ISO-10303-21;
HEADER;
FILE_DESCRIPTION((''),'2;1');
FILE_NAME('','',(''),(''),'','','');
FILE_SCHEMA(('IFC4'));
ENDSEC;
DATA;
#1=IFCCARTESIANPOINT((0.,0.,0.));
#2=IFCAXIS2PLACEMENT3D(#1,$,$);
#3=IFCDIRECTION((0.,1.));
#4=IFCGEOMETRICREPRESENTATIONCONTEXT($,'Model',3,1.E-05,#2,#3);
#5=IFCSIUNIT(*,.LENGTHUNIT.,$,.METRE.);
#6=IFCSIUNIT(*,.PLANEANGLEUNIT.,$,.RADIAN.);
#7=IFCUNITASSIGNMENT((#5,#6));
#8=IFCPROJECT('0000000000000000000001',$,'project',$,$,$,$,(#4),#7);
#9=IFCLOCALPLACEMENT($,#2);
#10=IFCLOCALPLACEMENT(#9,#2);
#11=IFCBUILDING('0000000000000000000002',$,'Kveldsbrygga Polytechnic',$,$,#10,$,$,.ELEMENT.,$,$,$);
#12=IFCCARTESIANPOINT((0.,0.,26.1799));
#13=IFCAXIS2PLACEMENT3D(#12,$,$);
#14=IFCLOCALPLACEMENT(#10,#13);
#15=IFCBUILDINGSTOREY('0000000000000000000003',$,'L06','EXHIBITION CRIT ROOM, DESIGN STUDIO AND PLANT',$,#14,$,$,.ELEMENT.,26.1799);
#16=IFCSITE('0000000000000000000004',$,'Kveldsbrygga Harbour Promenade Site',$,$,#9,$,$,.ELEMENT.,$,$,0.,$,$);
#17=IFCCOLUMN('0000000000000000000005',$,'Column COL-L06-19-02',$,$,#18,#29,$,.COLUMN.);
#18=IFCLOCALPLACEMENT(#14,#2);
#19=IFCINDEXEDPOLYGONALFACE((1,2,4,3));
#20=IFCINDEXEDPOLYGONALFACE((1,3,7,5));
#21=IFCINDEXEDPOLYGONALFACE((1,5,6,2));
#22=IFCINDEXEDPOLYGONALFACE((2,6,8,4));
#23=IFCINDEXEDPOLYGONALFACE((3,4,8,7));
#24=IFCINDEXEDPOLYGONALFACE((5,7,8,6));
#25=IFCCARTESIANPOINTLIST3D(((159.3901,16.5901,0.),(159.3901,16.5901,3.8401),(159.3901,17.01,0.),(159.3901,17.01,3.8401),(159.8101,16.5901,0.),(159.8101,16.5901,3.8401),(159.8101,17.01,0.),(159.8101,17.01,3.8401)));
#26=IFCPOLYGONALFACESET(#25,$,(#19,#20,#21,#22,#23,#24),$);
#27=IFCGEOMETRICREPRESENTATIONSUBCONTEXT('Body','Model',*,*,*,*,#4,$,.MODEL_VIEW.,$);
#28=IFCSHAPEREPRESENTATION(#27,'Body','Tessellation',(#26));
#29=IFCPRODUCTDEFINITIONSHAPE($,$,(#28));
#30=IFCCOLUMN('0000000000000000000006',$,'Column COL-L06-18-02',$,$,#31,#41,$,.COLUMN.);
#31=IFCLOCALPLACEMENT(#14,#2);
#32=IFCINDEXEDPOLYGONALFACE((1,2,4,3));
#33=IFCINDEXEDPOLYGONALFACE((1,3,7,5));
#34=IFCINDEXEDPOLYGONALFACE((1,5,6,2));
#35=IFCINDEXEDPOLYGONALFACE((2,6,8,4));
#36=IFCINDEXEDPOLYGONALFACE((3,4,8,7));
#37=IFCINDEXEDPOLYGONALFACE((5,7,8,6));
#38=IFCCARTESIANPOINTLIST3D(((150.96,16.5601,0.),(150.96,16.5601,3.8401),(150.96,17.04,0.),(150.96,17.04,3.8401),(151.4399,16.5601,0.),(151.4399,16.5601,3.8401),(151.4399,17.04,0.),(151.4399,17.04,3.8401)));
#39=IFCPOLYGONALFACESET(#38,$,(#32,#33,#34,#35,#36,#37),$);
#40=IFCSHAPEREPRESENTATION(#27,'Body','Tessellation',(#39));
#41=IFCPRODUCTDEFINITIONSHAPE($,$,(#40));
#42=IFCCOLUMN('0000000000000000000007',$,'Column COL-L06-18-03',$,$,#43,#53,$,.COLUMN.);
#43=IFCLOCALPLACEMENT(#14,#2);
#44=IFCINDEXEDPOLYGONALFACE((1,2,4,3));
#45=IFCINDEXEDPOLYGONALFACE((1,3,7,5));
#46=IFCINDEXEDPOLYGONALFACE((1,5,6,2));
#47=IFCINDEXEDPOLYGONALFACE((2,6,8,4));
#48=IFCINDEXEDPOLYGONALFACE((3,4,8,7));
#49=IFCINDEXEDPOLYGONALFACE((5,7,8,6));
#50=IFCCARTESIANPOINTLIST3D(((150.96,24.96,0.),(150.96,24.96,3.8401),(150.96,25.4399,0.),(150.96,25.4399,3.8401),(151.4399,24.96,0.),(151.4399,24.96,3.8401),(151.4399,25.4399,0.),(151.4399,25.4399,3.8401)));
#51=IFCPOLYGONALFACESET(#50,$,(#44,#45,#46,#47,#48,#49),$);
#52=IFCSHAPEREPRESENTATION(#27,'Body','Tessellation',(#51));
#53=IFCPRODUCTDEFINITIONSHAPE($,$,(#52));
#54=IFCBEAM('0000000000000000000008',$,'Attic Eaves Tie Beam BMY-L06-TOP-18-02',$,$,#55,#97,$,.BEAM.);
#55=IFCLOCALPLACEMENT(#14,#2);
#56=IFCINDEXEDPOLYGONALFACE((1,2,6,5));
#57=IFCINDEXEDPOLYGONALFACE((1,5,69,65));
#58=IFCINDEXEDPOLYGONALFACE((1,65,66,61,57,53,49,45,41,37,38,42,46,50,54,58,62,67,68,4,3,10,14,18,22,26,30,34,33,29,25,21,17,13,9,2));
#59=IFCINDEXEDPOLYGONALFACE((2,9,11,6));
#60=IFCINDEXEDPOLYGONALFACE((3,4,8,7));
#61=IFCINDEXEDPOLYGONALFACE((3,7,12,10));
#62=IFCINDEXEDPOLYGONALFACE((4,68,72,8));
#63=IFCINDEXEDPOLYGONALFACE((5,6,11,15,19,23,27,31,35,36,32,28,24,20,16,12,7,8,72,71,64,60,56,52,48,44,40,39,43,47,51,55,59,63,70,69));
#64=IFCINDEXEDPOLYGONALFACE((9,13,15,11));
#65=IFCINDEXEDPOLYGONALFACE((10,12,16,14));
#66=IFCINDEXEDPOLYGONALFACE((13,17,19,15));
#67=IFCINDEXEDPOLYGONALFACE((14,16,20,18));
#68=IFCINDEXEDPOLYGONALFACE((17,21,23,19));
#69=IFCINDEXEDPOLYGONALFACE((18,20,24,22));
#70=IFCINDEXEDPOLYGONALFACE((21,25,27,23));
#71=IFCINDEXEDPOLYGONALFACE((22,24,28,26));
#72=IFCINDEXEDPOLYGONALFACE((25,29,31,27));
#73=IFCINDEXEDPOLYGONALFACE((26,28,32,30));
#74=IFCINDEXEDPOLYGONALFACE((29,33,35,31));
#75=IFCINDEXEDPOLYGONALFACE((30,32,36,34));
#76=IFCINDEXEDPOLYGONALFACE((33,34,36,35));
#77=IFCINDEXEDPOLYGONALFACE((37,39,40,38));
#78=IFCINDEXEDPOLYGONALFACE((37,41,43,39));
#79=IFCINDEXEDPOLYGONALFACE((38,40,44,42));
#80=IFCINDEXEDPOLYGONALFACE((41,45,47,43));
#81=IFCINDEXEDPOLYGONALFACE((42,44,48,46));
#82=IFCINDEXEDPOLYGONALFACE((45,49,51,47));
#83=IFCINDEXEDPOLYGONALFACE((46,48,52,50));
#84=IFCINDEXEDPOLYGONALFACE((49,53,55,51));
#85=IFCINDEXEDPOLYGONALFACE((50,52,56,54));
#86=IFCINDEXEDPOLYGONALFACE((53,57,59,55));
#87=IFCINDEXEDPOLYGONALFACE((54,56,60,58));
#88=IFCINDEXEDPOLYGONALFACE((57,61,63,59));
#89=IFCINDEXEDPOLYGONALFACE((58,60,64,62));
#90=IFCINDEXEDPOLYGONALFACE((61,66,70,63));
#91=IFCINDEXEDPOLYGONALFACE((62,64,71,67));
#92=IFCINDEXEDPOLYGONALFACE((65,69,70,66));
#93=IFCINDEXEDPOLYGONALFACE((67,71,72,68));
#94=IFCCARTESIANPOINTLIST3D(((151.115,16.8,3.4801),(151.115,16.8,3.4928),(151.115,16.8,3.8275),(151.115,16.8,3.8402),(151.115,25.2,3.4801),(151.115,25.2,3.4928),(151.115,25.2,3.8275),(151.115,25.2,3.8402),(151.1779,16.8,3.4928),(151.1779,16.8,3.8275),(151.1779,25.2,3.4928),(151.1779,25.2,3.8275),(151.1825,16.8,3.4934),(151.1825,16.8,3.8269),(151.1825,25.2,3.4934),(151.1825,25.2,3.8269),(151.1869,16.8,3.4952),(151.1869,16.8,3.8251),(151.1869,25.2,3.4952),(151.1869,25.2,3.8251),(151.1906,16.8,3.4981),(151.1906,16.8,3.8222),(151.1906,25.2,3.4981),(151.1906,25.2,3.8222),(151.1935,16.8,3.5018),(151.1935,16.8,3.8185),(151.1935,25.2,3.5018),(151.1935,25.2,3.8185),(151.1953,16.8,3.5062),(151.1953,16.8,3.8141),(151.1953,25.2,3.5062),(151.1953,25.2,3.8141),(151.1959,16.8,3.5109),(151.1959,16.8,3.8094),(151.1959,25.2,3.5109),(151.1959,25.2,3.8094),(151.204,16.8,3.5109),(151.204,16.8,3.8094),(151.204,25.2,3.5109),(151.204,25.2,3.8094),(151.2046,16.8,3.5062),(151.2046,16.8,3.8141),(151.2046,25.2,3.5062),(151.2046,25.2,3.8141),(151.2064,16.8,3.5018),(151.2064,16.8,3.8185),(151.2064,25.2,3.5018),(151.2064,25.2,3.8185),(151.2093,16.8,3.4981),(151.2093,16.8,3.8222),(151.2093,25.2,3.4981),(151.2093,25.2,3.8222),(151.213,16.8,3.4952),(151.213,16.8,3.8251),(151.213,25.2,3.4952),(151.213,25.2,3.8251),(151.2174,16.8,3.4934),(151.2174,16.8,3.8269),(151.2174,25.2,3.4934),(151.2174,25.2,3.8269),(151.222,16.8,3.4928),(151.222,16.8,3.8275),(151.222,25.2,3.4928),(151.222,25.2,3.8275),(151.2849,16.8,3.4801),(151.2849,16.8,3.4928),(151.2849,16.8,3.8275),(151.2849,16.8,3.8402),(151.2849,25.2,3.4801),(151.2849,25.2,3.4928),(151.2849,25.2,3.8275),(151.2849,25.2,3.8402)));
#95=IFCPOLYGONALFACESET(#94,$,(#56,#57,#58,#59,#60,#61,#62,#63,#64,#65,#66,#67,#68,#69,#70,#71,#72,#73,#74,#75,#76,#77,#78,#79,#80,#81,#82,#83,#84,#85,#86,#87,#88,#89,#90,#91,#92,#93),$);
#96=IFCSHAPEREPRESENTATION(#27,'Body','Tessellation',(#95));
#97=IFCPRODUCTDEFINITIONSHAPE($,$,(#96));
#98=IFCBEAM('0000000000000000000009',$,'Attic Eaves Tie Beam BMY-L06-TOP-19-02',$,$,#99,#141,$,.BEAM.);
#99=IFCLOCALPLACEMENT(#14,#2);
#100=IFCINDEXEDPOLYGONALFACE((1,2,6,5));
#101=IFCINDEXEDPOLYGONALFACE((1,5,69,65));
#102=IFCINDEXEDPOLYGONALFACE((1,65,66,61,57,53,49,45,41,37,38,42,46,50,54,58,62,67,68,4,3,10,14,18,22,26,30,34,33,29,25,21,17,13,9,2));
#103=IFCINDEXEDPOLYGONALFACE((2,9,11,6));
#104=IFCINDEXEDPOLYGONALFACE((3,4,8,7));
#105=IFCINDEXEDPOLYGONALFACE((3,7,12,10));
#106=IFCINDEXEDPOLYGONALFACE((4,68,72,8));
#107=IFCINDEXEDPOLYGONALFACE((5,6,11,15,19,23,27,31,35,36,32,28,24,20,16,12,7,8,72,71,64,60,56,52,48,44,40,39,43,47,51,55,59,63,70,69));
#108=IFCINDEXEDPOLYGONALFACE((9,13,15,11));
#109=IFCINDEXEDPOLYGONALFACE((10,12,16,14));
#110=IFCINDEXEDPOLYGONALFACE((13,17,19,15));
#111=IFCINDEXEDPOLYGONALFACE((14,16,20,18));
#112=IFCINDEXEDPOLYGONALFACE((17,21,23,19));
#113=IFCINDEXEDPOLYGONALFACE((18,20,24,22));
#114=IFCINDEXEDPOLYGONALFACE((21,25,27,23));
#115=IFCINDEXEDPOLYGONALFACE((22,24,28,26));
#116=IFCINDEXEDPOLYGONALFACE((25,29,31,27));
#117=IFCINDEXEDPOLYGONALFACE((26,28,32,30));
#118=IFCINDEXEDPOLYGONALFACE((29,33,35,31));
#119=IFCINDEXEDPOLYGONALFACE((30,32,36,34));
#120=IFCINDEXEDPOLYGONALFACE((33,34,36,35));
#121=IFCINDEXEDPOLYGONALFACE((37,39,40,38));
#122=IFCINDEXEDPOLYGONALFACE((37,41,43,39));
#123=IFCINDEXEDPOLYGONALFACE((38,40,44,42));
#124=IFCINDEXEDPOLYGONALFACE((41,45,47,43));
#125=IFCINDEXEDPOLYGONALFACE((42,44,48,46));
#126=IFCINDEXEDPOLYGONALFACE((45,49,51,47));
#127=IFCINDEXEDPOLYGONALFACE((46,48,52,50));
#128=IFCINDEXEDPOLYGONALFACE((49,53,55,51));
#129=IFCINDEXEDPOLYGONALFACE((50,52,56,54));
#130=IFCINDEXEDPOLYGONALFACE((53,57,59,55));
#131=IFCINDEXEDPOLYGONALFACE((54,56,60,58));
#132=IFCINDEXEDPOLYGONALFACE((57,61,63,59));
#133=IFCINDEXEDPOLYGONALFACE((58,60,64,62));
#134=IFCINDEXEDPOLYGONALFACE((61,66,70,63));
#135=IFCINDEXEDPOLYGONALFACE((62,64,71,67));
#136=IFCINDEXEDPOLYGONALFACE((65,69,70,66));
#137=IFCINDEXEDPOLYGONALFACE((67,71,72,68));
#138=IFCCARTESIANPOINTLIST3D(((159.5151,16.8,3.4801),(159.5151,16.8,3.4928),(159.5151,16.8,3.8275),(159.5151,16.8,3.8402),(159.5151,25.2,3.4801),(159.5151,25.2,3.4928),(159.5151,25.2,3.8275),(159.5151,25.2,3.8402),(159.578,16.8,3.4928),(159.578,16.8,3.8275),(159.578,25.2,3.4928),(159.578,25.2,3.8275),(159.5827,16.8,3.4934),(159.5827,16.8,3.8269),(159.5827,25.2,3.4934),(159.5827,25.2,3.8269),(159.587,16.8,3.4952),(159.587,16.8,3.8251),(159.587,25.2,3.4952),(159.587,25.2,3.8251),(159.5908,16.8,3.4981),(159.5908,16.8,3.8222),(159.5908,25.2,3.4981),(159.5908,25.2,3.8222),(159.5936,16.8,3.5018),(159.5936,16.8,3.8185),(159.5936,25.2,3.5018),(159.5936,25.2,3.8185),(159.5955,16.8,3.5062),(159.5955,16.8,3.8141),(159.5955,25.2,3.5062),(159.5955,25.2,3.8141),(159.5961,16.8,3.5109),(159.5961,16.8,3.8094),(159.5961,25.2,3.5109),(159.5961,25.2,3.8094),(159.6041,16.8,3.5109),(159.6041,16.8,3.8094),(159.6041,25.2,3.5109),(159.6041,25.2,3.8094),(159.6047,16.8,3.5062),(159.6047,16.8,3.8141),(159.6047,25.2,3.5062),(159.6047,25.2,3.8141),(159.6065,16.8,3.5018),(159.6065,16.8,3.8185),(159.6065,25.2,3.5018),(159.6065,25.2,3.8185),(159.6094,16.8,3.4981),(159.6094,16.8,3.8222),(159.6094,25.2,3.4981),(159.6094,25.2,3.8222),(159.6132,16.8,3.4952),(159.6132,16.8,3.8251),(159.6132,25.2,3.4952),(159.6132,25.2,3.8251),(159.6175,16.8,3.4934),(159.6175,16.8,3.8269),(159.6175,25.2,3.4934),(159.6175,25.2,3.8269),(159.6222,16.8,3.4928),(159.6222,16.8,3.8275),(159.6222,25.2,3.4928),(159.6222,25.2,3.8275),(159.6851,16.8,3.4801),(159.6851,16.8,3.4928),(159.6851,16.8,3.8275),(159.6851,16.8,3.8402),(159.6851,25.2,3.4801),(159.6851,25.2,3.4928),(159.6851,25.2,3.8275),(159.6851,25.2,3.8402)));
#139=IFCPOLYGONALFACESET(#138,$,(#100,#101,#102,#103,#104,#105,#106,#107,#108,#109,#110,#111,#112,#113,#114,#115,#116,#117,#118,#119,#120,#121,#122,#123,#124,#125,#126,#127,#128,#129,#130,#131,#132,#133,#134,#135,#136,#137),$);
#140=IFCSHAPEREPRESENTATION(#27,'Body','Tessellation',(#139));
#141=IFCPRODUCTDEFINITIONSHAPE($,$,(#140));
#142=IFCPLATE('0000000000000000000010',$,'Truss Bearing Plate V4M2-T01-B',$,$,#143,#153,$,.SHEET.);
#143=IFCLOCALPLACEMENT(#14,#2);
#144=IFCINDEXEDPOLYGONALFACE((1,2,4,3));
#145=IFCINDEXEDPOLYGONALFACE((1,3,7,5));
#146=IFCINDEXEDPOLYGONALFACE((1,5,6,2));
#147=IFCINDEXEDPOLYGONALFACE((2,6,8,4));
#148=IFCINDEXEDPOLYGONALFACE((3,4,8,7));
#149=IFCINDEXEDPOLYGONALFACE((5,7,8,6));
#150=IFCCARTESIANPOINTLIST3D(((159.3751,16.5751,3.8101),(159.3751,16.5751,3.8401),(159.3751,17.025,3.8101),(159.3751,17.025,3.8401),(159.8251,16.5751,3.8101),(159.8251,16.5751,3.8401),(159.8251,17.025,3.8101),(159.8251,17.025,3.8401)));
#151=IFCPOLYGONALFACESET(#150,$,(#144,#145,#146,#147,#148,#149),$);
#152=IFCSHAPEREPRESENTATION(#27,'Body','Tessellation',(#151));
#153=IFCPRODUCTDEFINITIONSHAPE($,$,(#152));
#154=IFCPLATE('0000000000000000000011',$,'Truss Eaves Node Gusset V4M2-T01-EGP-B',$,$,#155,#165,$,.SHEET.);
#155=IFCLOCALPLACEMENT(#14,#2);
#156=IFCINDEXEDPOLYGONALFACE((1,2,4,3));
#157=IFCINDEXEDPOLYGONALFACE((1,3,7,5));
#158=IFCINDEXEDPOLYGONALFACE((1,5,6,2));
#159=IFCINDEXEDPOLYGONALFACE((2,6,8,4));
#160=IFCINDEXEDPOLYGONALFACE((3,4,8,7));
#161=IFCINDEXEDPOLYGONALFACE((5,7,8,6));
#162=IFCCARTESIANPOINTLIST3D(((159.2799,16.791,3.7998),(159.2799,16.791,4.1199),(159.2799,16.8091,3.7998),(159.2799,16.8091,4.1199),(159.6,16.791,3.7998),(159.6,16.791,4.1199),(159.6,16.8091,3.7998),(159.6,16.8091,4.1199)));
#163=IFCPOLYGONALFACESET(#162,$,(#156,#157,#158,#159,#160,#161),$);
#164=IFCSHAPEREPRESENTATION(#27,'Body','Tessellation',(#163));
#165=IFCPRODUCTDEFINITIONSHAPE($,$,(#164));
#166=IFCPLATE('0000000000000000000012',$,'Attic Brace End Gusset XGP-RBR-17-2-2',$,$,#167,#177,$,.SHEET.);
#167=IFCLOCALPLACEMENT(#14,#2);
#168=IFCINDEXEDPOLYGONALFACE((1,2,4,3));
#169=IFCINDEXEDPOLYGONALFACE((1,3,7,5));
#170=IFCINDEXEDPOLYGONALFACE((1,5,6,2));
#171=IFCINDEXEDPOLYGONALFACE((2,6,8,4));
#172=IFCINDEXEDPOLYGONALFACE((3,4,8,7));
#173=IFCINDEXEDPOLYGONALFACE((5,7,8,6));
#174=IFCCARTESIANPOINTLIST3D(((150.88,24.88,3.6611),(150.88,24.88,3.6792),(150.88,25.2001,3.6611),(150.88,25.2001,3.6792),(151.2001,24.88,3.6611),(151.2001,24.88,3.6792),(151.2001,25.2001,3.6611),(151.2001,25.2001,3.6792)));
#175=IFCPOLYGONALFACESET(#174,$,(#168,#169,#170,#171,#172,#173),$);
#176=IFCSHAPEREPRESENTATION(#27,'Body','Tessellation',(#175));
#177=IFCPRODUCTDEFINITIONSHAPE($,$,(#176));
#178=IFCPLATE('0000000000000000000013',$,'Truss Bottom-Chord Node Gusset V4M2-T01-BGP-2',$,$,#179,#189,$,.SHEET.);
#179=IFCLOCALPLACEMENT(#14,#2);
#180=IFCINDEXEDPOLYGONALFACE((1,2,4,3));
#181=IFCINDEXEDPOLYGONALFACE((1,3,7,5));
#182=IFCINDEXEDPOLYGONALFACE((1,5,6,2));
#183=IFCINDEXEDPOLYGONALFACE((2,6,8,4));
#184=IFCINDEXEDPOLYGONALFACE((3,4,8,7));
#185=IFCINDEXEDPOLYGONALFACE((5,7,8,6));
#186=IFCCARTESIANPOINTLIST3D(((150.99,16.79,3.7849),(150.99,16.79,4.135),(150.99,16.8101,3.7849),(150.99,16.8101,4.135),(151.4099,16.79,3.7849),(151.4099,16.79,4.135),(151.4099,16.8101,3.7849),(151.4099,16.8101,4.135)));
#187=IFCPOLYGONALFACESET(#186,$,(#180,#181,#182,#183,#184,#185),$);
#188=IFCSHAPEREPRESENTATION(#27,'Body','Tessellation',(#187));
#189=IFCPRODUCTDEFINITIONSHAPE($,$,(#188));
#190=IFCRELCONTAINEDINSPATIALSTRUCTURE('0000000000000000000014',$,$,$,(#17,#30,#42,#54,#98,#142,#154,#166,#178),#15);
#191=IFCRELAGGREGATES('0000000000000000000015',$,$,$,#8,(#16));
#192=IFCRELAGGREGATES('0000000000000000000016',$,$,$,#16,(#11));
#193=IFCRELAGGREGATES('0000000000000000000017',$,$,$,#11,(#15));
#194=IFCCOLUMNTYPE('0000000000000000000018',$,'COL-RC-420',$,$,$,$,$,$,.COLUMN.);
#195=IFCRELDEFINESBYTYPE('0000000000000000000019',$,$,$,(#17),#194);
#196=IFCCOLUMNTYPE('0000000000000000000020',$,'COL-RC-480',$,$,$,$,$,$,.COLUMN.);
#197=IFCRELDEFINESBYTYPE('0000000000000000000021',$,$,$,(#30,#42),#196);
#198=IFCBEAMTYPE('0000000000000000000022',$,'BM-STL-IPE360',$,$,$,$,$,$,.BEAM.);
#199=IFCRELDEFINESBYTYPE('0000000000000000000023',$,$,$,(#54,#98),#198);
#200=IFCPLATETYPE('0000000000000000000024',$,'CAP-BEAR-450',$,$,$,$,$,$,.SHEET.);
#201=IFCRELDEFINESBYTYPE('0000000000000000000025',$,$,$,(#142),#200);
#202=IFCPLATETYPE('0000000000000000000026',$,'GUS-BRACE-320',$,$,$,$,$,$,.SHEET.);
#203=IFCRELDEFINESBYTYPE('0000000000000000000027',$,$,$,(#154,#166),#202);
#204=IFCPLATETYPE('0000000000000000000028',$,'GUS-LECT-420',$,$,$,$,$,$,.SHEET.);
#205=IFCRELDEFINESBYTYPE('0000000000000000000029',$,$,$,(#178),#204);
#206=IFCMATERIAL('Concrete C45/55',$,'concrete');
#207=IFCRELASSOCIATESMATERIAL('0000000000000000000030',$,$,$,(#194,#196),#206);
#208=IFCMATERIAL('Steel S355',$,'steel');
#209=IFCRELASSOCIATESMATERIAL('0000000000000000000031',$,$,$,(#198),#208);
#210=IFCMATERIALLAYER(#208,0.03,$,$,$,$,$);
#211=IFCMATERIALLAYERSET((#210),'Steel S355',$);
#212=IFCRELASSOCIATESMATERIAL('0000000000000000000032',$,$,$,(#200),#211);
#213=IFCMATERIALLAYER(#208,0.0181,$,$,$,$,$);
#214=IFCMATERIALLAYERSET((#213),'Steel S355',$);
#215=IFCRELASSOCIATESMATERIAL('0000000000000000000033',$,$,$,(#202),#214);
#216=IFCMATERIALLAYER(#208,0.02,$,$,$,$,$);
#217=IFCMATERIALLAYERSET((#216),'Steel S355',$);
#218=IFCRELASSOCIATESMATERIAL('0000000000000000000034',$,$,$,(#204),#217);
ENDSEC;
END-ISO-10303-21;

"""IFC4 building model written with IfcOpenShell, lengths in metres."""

from ifc_helpers import new_model, si_unit, direction, frame, origin, origin_2d, place, context, subcontext, project, spatial, rectangle, i_section, extrude, material, layer, layer_set, material_profile, profile_set, type_object, element, save


model = new_model("IFC4")

# Units and contexts
model_context = context("Model", 3, precision=1e-05, world=origin(), true_north=direction((0.0, 1.0)))
body_context = subcontext(model_context, "Body", "Model", "MODEL_VIEW")
ifc_project = project(units=[si_unit("LENGTHUNIT", "METRE"), si_unit("PLANEANGLEUNIT", "RADIAN")], contexts=[model_context])

# Site, building, storey
site_placement = place(None, origin())
site = spatial("IfcSite", under=ifc_project, at=site_placement, Name="Kveldsbrygga Harbour Promenade Site", CompositionType="ELEMENT", RefElevation=0.0)
building_placement = place(site_placement, origin())
building = spatial("IfcBuilding", under=site, at=building_placement, Name="Kveldsbrygga Polytechnic", CompositionType="ELEMENT")
storey_placement = place(building_placement, frame((0.0, 0.0, 26.1799)))
storey = spatial("IfcBuildingStorey", under=building, at=storey_placement, Name="L06", Description="EXHIBITION CRIT ROOM, DESIGN STUDIO AND PLANT", CompositionType="ELEMENT", Elevation=26.1799)

# Columns
ifc_material_1 = material(Name="Concrete C45/55", Category="concrete")
ifc_material_profile_1 = material_profile(ifc_material_1, rectangle(XDim=0.4199, YDim=0.4199, at=origin_2d()), Name="RC 420x420")
ifc_profile_set_1 = profile_set([ifc_material_profile_1], Name="Concrete C45/55")
column_type_1 = type_object("IfcColumnType", Name="COL-RC-420", PredefinedType="COLUMN", material=ifc_profile_set_1)
column_placement = place(storey_placement, frame((159.6001, 16.8, 0.0), z_axis=(0.0, 0.0, 1.0), x_axis=(1.0, 0.0, 0.0)))
element("IfcColumn", 1, at=column_placement, inside=storey, type_object=column_type_1, Name="Column COL-L06-19-02", PredefinedType="COLUMN", context=body_context, shape_type="SweptSolid", body=[
    extrude(rectangle(XDim=0.4199, YDim=0.4199, at=origin_2d()), origin(), (0.0, 0.0, 1.0), 3.8401),
])
ifc_material_profile_2 = material_profile(ifc_material_1, rectangle(XDim=0.48, YDim=0.48, at=origin_2d()), Name="RC 480x480")
ifc_profile_set_2 = profile_set([ifc_material_profile_2], Name="Concrete C45/55")
column_type_2 = type_object("IfcColumnType", Name="COL-RC-480", PredefinedType="COLUMN", material=ifc_profile_set_2)
for number, where, z_axis, x_axis, name in (
    (2, (151.2, 16.8, 0.0), (0.0, 0.0, 1.0), (1.0, 0.0, 0.0), "Column COL-L06-18-02"),
    (3, (151.2, 25.2, 0.0), (0.0, 0.0, 1.0), (1.0, 0.0, 0.0), "Column COL-L06-18-03"),
):
    element("IfcColumn", number, at=place(storey_placement, frame(where, z_axis=z_axis, x_axis=x_axis)), inside=storey, type_object=column_type_2, Name=name, PredefinedType="COLUMN", context=body_context, shape_type="SweptSolid", body=[
        extrude(rectangle(XDim=0.48, YDim=0.48, at=origin_2d()), origin(), (0.0, 0.0, 1.0), 3.8401),
    ])

# Beams
ifc_material_2 = material(Name="Steel S355", Category="steel")
ifc_material_profile_3 = material_profile(ifc_material_2, i_section(OverallWidth=0.1699, OverallDepth=0.3601, WebThickness=0.0081, FlangeThickness=0.0127, FilletRadius=0.0181, at=origin_2d()), Name="IPE 360")
ifc_profile_set_3 = profile_set([ifc_material_profile_3], Name="Steel S355")
beam_type = type_object("IfcBeamType", Name="BM-STL-IPE360", PredefinedType="BEAM", material=ifc_profile_set_3)
for number, where, z_axis, x_axis, name in (
    (4, (151.2, 16.8, 3.6602), (0.0, 1.0, 0.0), (-1.0, 0.0, 0.0), "Attic Eaves Tie Beam BMY-L06-TOP-18-02"),
    (5, (159.6001, 16.8, 3.6602), (0.0, 1.0, 0.0), (-1.0, 0.0, 0.0), "Attic Eaves Tie Beam BMY-L06-TOP-19-02"),
):
    element("IfcBeam", number, at=place(storey_placement, frame(where, z_axis=z_axis, x_axis=x_axis)), inside=storey, type_object=beam_type, Name=name, PredefinedType="BEAM", context=body_context, shape_type="SweptSolid", body=[
        extrude(i_section(OverallWidth=0.1699, OverallDepth=0.3601, WebThickness=0.0081, FlangeThickness=0.0127, FilletRadius=0.0181, at=origin_2d()), origin(), (0.0, 0.0, 1.0), 8.3999),
    ])

# Plates
ifc_layer_1 = layer(ifc_material_2, 0.03)
ifc_layer_set_1 = layer_set([ifc_layer_1], Name="Steel S355")
plate_type_1 = type_object("IfcPlateType", Name="CAP-BEAR-450", PredefinedType="SHEET", material=ifc_layer_set_1)
plate_1_placement = place(storey_placement, frame((159.6001, 16.8, 3.8101), z_axis=(0.0, 0.0, 1.0), x_axis=(1.0, 0.0, 0.0)))
element("IfcPlate", 6, at=plate_1_placement, inside=storey, type_object=plate_type_1, Name="Truss Bearing Plate V4M2-T01-B", PredefinedType="SHEET", context=body_context, shape_type="SweptSolid", body=[
    extrude(rectangle(XDim=0.45, YDim=0.45, at=origin_2d()), origin(), (0.0, 0.0, 1.0), 0.03),
])
ifc_layer_2 = layer(ifc_material_2, 0.0181)
ifc_layer_set_2 = layer_set([ifc_layer_2], Name="Steel S355")
plate_type_2 = type_object("IfcPlateType", Name="GUS-BRACE-320", PredefinedType="SHEET", material=ifc_layer_set_2)
plate_2_placement = place(storey_placement, frame((159.4399, 16.8, 3.7998), z_axis=(0.0, 0.0, 1.0), x_axis=(1.0, 0.0, 0.0)))
element("IfcPlate", 7, at=plate_2_placement, inside=storey, type_object=plate_type_2, Name="Truss Eaves Node Gusset V4M2-T01-EGP-B", PredefinedType="SHEET", context=body_context, shape_type="SweptSolid", body=[
    extrude(rectangle(XDim=0.3201, YDim=0.0181, at=origin_2d()), origin(), (0.0, 0.0, 1.0), 0.3201),
])
plate_3_placement = place(storey_placement, frame((151.04, 25.04, 3.6611), z_axis=(0.0, 0.0, 1.0), x_axis=(1.0, 0.0, 0.0)))
element("IfcPlate", 8, at=plate_3_placement, inside=storey, type_object=plate_type_2, Name="Attic Brace End Gusset XGP-RBR-17-2-2", PredefinedType="SHEET", context=body_context, shape_type="SweptSolid", body=[
    extrude(rectangle(XDim=0.3201, YDim=0.3201, at=origin_2d()), origin(), (0.0, 0.0, 1.0), 0.0181),
])
ifc_layer_3 = layer(ifc_material_2, 0.02)
ifc_layer_set_3 = layer_set([ifc_layer_3], Name="Steel S355")
plate_type_3 = type_object("IfcPlateType", Name="GUS-LECT-420", PredefinedType="SHEET", material=ifc_layer_set_3)
for number, where, z_axis, x_axis, name in (
    (9, (151.2, 16.8, 3.7849), (0.0, 0.0, 1.0), (1.0, 0.0, 0.0), "Truss Bottom-Chord Node Gusset V4M2-T01-BGP-2"),
):
    element("IfcPlate", number, at=place(storey_placement, frame(where, z_axis=z_axis, x_axis=x_axis)), inside=storey, type_object=plate_type_3, Name=name, PredefinedType="SHEET", context=body_context, shape_type="SweptSolid", body=[
        extrude(rectangle(XDim=0.4199, YDim=0.02, at=origin_2d()), origin(), (0.0, 0.0, 1.0), 0.3501),
    ])

save(model, "model.ifc")
